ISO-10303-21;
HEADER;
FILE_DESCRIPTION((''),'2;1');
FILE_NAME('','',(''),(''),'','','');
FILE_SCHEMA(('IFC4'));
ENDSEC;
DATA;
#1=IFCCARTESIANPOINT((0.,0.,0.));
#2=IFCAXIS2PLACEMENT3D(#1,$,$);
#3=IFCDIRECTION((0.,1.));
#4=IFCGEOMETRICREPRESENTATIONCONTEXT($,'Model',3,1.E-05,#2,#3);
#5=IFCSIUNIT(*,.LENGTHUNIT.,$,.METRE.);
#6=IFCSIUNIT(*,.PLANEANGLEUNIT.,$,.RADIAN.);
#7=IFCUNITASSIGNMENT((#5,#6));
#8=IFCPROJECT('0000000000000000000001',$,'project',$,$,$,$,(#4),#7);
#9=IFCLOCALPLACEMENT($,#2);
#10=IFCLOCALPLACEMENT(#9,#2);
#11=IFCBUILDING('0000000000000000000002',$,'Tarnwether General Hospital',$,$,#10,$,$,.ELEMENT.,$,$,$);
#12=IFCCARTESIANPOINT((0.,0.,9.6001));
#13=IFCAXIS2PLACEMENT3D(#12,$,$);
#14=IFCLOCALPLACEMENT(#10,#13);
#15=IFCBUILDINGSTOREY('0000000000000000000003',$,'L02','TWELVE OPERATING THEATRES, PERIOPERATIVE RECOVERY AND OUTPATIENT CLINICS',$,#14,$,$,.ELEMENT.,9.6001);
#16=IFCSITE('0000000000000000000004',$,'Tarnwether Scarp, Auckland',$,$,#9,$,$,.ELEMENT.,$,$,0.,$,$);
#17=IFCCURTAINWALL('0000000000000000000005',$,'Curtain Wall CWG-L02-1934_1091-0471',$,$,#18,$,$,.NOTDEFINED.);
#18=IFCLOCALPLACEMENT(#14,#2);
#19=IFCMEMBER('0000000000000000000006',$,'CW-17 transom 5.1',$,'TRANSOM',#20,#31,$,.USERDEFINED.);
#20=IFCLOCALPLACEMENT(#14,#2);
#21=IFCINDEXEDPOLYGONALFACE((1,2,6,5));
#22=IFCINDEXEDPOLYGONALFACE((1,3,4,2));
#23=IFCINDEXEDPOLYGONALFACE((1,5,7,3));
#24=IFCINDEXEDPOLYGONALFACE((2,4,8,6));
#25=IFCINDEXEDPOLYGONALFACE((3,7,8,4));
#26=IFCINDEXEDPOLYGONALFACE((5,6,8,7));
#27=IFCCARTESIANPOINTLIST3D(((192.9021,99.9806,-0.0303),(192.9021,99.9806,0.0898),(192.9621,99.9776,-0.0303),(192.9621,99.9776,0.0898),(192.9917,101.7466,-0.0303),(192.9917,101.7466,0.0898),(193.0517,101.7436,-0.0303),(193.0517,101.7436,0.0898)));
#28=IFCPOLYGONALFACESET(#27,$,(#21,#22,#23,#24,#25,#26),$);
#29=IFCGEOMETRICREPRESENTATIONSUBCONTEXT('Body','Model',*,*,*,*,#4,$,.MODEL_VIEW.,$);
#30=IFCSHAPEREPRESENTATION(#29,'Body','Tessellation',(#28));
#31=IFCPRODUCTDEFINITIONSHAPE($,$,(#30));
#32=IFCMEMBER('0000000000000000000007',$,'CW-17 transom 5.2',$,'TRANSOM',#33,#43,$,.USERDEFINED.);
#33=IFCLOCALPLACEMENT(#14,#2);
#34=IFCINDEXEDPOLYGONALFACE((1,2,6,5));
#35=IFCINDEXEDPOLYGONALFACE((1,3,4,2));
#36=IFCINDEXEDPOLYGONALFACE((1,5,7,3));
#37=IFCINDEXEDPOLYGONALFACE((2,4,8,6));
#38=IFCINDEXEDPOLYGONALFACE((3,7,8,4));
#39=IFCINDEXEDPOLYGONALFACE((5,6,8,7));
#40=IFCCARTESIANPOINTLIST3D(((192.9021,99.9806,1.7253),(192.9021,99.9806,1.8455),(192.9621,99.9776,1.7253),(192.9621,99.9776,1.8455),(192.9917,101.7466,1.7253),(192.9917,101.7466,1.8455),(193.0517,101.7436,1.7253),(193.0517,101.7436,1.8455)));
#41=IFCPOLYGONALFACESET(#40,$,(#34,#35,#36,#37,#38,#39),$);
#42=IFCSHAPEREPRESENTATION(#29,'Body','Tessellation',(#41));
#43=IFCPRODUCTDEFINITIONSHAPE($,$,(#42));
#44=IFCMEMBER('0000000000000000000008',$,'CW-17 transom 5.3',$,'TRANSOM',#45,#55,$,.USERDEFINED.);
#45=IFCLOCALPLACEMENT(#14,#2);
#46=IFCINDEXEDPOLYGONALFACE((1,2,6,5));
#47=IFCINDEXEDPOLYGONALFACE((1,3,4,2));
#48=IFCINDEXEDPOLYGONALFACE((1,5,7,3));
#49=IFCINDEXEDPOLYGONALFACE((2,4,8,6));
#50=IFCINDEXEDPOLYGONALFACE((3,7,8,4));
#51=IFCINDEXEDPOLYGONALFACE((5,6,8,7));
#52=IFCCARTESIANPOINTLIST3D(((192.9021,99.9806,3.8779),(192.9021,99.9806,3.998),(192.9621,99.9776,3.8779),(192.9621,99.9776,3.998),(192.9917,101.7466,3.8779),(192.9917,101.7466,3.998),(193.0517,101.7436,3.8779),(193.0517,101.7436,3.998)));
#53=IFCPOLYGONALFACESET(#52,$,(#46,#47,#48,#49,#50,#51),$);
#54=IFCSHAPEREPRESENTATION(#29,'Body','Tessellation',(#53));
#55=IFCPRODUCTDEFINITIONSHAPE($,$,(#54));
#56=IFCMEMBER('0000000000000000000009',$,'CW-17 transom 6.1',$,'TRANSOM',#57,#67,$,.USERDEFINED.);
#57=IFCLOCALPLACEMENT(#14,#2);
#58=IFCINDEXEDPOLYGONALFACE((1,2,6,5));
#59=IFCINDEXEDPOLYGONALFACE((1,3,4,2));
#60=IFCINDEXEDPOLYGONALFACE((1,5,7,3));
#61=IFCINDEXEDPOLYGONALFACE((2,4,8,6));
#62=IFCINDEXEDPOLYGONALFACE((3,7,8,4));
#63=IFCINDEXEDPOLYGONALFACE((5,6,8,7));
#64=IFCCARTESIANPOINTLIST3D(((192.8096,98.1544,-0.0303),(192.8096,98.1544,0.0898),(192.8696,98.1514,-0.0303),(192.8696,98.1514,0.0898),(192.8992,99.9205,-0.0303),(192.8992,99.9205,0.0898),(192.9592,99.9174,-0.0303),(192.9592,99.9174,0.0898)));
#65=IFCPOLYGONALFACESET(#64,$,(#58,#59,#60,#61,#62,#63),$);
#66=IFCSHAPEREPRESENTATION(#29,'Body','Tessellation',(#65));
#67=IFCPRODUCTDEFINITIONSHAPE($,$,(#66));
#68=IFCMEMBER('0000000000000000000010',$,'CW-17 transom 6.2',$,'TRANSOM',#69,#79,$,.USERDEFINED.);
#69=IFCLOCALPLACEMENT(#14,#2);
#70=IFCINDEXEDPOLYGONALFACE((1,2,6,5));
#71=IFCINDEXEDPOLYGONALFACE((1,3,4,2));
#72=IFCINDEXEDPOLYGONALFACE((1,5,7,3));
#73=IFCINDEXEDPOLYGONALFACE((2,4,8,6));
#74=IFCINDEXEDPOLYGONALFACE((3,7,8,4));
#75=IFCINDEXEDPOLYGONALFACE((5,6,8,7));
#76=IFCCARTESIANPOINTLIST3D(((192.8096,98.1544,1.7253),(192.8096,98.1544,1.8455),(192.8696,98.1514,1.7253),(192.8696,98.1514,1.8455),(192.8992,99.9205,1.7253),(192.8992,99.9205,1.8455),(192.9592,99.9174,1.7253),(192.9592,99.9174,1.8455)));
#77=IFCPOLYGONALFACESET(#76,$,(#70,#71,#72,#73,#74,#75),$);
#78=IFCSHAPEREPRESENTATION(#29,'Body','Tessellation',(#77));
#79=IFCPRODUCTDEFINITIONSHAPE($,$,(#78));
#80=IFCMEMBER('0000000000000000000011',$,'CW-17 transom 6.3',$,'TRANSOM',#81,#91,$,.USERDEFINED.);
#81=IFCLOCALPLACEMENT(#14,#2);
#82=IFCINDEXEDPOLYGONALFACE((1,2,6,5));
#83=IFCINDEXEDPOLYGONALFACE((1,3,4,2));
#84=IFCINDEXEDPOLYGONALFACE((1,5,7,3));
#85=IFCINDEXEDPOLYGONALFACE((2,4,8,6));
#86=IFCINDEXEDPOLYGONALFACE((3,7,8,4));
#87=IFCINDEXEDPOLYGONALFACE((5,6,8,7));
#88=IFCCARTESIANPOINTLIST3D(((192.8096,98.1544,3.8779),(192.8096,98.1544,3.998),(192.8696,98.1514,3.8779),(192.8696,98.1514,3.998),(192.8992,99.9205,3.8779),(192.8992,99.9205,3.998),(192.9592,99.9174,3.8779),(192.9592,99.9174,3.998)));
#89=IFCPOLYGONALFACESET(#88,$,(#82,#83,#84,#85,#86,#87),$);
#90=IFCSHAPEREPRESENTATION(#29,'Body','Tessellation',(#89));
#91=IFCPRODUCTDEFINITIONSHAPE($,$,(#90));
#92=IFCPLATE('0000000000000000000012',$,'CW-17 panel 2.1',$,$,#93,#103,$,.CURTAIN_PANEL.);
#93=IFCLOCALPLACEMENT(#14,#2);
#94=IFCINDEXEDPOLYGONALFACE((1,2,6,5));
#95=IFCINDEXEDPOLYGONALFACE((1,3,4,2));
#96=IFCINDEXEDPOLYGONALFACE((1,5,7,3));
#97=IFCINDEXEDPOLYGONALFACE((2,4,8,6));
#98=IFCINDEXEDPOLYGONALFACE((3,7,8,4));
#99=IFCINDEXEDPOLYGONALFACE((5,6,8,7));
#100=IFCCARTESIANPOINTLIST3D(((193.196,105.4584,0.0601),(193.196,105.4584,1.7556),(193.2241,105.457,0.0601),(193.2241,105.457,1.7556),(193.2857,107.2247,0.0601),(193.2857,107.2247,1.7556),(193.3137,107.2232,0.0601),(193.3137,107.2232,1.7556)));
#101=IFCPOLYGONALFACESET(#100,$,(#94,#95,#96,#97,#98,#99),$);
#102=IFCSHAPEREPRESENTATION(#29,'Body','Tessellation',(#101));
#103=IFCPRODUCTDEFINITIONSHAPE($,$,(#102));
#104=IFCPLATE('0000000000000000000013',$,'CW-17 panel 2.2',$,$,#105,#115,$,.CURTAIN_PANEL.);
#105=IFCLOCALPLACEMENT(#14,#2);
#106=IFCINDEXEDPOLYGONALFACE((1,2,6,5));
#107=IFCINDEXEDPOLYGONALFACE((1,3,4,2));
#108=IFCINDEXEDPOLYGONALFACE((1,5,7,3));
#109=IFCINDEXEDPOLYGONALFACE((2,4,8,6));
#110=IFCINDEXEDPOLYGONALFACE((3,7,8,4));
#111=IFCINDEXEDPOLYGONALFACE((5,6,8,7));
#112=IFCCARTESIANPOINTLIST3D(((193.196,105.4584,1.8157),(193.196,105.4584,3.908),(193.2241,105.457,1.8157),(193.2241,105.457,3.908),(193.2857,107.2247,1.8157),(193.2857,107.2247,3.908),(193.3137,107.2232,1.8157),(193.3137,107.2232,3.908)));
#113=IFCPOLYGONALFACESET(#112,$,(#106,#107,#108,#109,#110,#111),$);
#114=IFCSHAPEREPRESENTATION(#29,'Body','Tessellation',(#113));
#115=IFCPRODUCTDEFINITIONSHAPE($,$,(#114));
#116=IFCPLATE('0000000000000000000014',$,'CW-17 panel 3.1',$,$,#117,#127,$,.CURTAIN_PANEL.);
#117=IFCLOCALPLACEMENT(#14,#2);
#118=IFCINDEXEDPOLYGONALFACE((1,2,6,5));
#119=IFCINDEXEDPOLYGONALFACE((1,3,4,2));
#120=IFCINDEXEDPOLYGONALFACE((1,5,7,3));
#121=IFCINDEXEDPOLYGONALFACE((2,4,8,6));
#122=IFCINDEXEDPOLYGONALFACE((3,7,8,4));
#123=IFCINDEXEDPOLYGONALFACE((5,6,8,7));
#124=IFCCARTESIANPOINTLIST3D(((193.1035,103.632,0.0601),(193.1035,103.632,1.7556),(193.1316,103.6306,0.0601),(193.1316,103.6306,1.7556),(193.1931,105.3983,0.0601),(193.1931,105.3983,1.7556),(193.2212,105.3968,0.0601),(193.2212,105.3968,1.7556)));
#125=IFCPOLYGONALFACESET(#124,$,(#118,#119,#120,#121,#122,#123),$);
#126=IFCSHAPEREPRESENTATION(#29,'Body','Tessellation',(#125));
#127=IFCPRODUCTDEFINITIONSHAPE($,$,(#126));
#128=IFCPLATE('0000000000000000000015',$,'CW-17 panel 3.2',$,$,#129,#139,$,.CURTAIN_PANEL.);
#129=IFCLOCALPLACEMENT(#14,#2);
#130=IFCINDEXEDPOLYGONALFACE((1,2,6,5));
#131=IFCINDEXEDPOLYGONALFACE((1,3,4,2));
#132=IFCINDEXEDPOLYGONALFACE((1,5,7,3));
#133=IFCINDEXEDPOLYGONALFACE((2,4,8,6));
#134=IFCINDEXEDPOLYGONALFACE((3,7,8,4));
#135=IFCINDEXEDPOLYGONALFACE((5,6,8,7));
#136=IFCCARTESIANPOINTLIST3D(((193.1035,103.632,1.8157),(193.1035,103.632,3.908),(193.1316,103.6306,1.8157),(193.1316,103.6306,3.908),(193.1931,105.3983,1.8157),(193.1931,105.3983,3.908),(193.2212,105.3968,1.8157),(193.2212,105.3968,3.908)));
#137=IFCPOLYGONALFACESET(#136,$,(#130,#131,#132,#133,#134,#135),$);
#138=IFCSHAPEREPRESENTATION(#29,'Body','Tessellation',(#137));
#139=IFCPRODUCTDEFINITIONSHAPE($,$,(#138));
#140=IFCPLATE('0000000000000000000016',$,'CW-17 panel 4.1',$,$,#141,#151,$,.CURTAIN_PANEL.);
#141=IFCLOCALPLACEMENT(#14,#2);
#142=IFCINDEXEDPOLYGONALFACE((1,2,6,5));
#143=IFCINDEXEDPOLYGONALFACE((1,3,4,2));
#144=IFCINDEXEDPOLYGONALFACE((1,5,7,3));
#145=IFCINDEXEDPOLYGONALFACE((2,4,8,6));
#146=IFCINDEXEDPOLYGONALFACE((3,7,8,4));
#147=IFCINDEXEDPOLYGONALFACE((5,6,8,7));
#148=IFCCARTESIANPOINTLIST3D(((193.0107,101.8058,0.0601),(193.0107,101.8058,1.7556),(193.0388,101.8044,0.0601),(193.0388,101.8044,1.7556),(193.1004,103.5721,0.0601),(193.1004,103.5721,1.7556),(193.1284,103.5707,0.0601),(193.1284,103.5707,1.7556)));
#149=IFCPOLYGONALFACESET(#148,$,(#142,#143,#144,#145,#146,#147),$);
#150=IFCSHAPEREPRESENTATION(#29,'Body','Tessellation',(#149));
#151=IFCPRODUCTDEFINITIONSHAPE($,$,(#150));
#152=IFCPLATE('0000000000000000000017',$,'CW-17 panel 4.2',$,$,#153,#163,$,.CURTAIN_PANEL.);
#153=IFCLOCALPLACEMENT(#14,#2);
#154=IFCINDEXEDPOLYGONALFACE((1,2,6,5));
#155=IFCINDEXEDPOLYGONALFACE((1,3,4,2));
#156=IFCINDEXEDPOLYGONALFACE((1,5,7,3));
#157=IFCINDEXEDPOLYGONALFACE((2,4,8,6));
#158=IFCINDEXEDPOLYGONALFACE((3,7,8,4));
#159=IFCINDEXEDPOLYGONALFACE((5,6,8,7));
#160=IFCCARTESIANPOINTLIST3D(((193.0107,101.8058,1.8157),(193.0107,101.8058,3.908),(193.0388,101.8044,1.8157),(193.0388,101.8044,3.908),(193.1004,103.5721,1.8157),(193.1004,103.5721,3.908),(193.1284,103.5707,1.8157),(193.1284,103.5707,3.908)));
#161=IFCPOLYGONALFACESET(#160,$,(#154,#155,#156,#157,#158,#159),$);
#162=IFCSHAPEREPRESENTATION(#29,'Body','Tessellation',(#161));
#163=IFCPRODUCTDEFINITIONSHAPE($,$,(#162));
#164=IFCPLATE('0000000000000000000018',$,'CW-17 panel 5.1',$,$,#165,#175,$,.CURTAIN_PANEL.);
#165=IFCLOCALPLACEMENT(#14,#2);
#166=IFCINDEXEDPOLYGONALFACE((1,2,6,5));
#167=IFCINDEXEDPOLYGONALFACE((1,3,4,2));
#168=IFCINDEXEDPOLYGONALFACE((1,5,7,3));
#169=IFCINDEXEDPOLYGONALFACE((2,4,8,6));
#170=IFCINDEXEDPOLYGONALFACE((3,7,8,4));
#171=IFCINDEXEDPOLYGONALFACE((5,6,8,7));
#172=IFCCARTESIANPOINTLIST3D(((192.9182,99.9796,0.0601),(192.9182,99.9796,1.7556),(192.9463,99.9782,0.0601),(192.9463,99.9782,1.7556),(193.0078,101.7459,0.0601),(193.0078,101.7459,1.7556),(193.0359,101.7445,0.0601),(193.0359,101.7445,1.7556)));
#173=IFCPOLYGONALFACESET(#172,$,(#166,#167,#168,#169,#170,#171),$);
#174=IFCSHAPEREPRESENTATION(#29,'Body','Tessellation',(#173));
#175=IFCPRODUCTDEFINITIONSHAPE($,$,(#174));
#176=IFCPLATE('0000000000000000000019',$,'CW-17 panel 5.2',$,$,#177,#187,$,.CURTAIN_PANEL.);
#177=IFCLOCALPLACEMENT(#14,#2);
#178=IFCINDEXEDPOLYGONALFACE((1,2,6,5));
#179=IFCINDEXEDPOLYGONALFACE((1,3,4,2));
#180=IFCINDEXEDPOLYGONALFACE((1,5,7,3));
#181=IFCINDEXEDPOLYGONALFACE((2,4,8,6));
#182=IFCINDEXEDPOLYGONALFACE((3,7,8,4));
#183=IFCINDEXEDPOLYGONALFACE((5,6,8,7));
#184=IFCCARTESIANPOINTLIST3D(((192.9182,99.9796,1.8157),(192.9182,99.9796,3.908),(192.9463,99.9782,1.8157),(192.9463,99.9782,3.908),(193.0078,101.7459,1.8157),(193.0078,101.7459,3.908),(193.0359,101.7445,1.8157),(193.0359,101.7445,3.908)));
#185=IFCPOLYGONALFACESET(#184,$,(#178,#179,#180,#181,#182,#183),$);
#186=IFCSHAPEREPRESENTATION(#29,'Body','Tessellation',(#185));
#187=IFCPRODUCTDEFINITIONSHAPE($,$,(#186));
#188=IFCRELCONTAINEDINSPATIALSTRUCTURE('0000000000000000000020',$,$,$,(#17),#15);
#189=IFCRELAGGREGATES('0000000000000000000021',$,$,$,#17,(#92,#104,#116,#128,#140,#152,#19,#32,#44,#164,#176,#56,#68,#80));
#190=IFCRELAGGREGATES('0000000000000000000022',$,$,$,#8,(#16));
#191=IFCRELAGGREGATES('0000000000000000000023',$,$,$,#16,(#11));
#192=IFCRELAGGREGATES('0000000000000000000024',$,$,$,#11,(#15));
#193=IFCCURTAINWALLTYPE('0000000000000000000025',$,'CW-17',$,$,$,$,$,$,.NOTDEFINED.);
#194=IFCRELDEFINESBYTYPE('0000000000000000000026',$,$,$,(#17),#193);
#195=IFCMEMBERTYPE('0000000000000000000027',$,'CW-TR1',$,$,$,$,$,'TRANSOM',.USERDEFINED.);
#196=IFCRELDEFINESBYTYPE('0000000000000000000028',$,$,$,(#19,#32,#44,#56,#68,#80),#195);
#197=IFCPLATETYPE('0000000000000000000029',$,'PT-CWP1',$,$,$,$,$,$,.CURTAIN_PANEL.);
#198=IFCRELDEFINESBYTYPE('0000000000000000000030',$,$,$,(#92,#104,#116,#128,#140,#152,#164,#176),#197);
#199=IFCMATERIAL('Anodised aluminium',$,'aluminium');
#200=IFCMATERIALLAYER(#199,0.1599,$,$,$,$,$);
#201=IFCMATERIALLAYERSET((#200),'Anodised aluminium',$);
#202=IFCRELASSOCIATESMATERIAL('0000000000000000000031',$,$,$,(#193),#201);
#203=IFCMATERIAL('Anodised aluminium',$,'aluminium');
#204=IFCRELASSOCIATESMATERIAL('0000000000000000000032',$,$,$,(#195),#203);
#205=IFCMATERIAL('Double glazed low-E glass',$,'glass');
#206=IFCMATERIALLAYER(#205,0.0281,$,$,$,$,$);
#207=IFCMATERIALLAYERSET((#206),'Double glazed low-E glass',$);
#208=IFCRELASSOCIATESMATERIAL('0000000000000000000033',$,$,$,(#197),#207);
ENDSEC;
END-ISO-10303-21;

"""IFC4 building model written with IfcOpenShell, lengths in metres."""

from ifc_helpers import new_model, si_unit, direction, frame, origin, origin_2d, place, context, subcontext, project, spatial, rectangle, extrude, material, layer, layer_set, material_profile, profile_set, type_object, element, aggregate, save


model = new_model("IFC4")

# Units and contexts
model_context = context("Model", 3, precision=1e-05, world=origin(), true_north=direction((0.0, 1.0)))
body_context = subcontext(model_context, "Body", "Model", "MODEL_VIEW")
ifc_project = project(units=[si_unit("LENGTHUNIT", "METRE"), si_unit("PLANEANGLEUNIT", "RADIAN")], contexts=[model_context])

# Site, building, storey
site_placement = place(None, origin())
site = spatial("IfcSite", under=ifc_project, at=site_placement, Name="Tarnwether Scarp, Auckland", CompositionType="ELEMENT", RefElevation=0.0)
building_placement = place(site_placement, origin())
building = spatial("IfcBuilding", under=site, at=building_placement, Name="Tarnwether General Hospital", CompositionType="ELEMENT")
storey_placement = place(building_placement, frame((0.0, 0.0, 9.6001)))
storey = spatial("IfcBuildingStorey", under=building, at=storey_placement, Name="L02", Description="TWELVE OPERATING THEATRES, PERIOPERATIVE RECOVERY AND OUTPATIENT CLINICS", CompositionType="ELEMENT", Elevation=9.6001)

# Curtain wall, members, plates
ifc_material_1 = material(Name="Anodised aluminium", Category="aluminium")
ifc_layer_1 = layer(ifc_material_1, 0.1599)
ifc_layer_set_1 = layer_set([ifc_layer_1], Name="Anodised aluminium")
curtain_wall_type = type_object("IfcCurtainWallType", Name="CW-17", PredefinedType="NOTDEFINED", material=ifc_layer_set_1)
curtain_wall_placement = place(storey_placement, origin())
curtain_wall = element("IfcCurtainWall", 1, at=curtain_wall_placement, inside=storey, type_object=curtain_wall_type, Name="Curtain Wall CWG-L02-1934_1091-0471", PredefinedType="NOTDEFINED")
ifc_material_2 = material(Name="Anodised aluminium", Category="aluminium")
ifc_material_profile_1 = material_profile(ifc_material_2, rectangle(XDim=0.0601, YDim=0.1201, at=origin_2d()), Name="ALU-TRN-60x120")
ifc_profile_set_1 = profile_set([ifc_material_profile_1], Name="Anodised aluminium")
member_type_1 = type_object("IfcMemberType", Name="CW-TR1", ElementType="TRANSOM", PredefinedType="USERDEFINED", material=ifc_profile_set_1)
member_1_placement = place(storey_placement, frame((193.0217, 101.7451, 0.0298), z_axis=(-0.050667, -0.998716, 0.0), x_axis=(0.998716, -0.050667, 0.0)))
member_1 = element("IfcMember", 2, at=member_1_placement, type_object=member_type_1, Name="CW-17 transom 5.1", ObjectType="TRANSOM", PredefinedType="USERDEFINED", context=body_context, shape_type="SweptSolid", body=[
    extrude(rectangle(XDim=0.0601, YDim=0.1201, at=origin_2d()), origin(), (0.0, 0.0, 1.0), 1.7683),
])
member_2_placement = place(storey_placement, frame((193.0217, 101.7451, 1.7854), z_axis=(-0.050667, -0.998716, 0.0), x_axis=(0.998716, -0.050667, 0.0)))
member_2 = element("IfcMember", 3, at=member_2_placement, type_object=member_type_1, Name="CW-17 transom 5.2", ObjectType="TRANSOM", PredefinedType="USERDEFINED", context=body_context, shape_type="SweptSolid", body=[
    extrude(rectangle(XDim=0.0601, YDim=0.1201, at=origin_2d()), origin(), (0.0, 0.0, 1.0), 1.7683),
])
member_3_placement = place(storey_placement, frame((193.0217, 101.7451, 3.938), z_axis=(-0.050667, -0.998716, 0.0), x_axis=(0.998716, -0.050667, 0.0)))
member_3 = element("IfcMember", 4, at=member_3_placement, type_object=member_type_1, Name="CW-17 transom 5.3", ObjectType="TRANSOM", PredefinedType="USERDEFINED", context=body_context, shape_type="SweptSolid", body=[
    extrude(rectangle(XDim=0.0601, YDim=0.1201, at=origin_2d()), origin(), (0.0, 0.0, 1.0), 1.7683),
])
member_4_placement = place(storey_placement, frame((192.9292, 99.9189, 0.0298), z_axis=(-0.050667, -0.998716, 0.0), x_axis=(0.998716, -0.050667, 0.0)))
member_4 = element("IfcMember", 5, at=member_4_placement, type_object=member_type_1, Name="CW-17 transom 6.1", ObjectType="TRANSOM", PredefinedType="USERDEFINED", context=body_context, shape_type="SweptSolid", body=[
    extrude(rectangle(XDim=0.0601, YDim=0.1201, at=origin_2d()), origin(), (0.0, 0.0, 1.0), 1.7683),
])
member_5_placement = place(storey_placement, frame((192.9292, 99.9189, 1.7854), z_axis=(-0.050667, -0.998716, 0.0), x_axis=(0.998716, -0.050667, 0.0)))
member_5 = element("IfcMember", 6, at=member_5_placement, type_object=member_type_1, Name="CW-17 transom 6.2", ObjectType="TRANSOM", PredefinedType="USERDEFINED", context=body_context, shape_type="SweptSolid", body=[
    extrude(rectangle(XDim=0.0601, YDim=0.1201, at=origin_2d()), origin(), (0.0, 0.0, 1.0), 1.7683),
])
member_6_placement = place(storey_placement, frame((192.9292, 99.9189, 3.938), z_axis=(-0.050667, -0.998716, 0.0), x_axis=(0.998716, -0.050667, 0.0)))
member_6 = element("IfcMember", 7, at=member_6_placement, type_object=member_type_1, Name="CW-17 transom 6.3", ObjectType="TRANSOM", PredefinedType="USERDEFINED", context=body_context, shape_type="SweptSolid", body=[
    extrude(rectangle(XDim=0.0601, YDim=0.1201, at=origin_2d()), origin(), (0.0, 0.0, 1.0), 1.7683),
])
ifc_material_3 = material(Name="Double glazed low-E glass", Category="glass")
ifc_layer_2 = layer(ifc_material_3, 0.0281)
ifc_layer_set_2 = layer_set([ifc_layer_2], Name="Double glazed low-E glass")
plate_type = type_object("IfcPlateType", Name="PT-CWP1", PredefinedType="CURTAIN_PANEL", material=ifc_layer_set_2)
plate_1_placement = place(storey_placement, frame((193.2549, 106.3408, 0.0601), z_axis=(0.0, 0.0, 1.0), x_axis=(-0.050678, -0.998715, 0.0)))
plate_1 = element("IfcPlate", 8, at=plate_1_placement, type_object=plate_type, Name="CW-17 panel 2.1", PredefinedType="CURTAIN_PANEL", context=body_context, shape_type="SweptSolid", body=[
    extrude(rectangle(XDim=1.7686, YDim=0.0281, at=origin_2d()), origin(), (0.0, 0.0, 1.0), 1.6956),
])
plate_2_placement = place(storey_placement, frame((193.2549, 106.3408, 1.8157), z_axis=(0.0, 0.0, 1.0), x_axis=(-0.050678, -0.998715, 0.0)))
plate_2 = element("IfcPlate", 9, at=plate_2_placement, type_object=plate_type, Name="CW-17 panel 2.2", PredefinedType="CURTAIN_PANEL", context=body_context, shape_type="SweptSolid", body=[
    extrude(rectangle(XDim=1.7686, YDim=0.0281, at=origin_2d()), origin(), (0.0, 0.0, 1.0), 2.0923),
])
plate_3_placement = place(storey_placement, frame((193.1624, 104.5144, 0.0601), z_axis=(0.0, 0.0, 1.0), x_axis=(-0.050678, -0.998715, 0.0)))
plate_3 = element("IfcPlate", 10, at=plate_3_placement, type_object=plate_type, Name="CW-17 panel 3.1", PredefinedType="CURTAIN_PANEL", context=body_context, shape_type="SweptSolid", body=[
    extrude(rectangle(XDim=1.7686, YDim=0.0281, at=origin_2d()), origin(), (0.0, 0.0, 1.0), 1.6956),
])
plate_4_placement = place(storey_placement, frame((193.1624, 104.5144, 1.8157), z_axis=(0.0, 0.0, 1.0), x_axis=(-0.050678, -0.998715, 0.0)))
plate_4 = element("IfcPlate", 11, at=plate_4_placement, type_object=plate_type, Name="CW-17 panel 3.2", PredefinedType="CURTAIN_PANEL", context=body_context, shape_type="SweptSolid", body=[
    extrude(rectangle(XDim=1.7686, YDim=0.0281, at=origin_2d()), origin(), (0.0, 0.0, 1.0), 2.0923),
])
plate_5_placement = place(storey_placement, frame((193.0696, 102.6882, 0.0601), z_axis=(0.0, 0.0, 1.0), x_axis=(-0.050678, -0.998715, 0.0)))
plate_5 = element("IfcPlate", 12, at=plate_5_placement, type_object=plate_type, Name="CW-17 panel 4.1", PredefinedType="CURTAIN_PANEL", context=body_context, shape_type="SweptSolid", body=[
    extrude(rectangle(XDim=1.7686, YDim=0.0281, at=origin_2d()), origin(), (0.0, 0.0, 1.0), 1.6956),
])
plate_6_placement = place(storey_placement, frame((193.0696, 102.6882, 1.8157), z_axis=(0.0, 0.0, 1.0), x_axis=(-0.050678, -0.998715, 0.0)))
plate_6 = element("IfcPlate", 13, at=plate_6_placement, type_object=plate_type, Name="CW-17 panel 4.2", PredefinedType="CURTAIN_PANEL", context=body_context, shape_type="SweptSolid", body=[
    extrude(rectangle(XDim=1.7686, YDim=0.0281, at=origin_2d()), origin(), (0.0, 0.0, 1.0), 2.0923),
])
plate_7_placement = place(storey_placement, frame((192.9771, 100.8621, 0.0601), z_axis=(0.0, 0.0, 1.0), x_axis=(-0.050678, -0.998715, 0.0)))
plate_7 = element("IfcPlate", 14, at=plate_7_placement, type_object=plate_type, Name="CW-17 panel 5.1", PredefinedType="CURTAIN_PANEL", context=body_context, shape_type="SweptSolid", body=[
    extrude(rectangle(XDim=1.7686, YDim=0.0281, at=origin_2d()), origin(), (0.0, 0.0, 1.0), 1.6956),
])
plate_8_placement = place(storey_placement, frame((192.9771, 100.8621, 1.8157), z_axis=(0.0, 0.0, 1.0), x_axis=(-0.050678, -0.998715, 0.0)))
plate_8 = element("IfcPlate", 15, at=plate_8_placement, type_object=plate_type, Name="CW-17 panel 5.2", PredefinedType="CURTAIN_PANEL", context=body_context, shape_type="SweptSolid", body=[
    extrude(rectangle(XDim=1.7686, YDim=0.0281, at=origin_2d()), origin(), (0.0, 0.0, 1.0), 2.0923),
])
aggregate(curtain_wall, [plate_1, plate_2, plate_3, plate_4, plate_5, plate_6, member_1, member_2, member_3, plate_7, plate_8, member_4, member_5, member_6])

save(model, "model.ifc")
